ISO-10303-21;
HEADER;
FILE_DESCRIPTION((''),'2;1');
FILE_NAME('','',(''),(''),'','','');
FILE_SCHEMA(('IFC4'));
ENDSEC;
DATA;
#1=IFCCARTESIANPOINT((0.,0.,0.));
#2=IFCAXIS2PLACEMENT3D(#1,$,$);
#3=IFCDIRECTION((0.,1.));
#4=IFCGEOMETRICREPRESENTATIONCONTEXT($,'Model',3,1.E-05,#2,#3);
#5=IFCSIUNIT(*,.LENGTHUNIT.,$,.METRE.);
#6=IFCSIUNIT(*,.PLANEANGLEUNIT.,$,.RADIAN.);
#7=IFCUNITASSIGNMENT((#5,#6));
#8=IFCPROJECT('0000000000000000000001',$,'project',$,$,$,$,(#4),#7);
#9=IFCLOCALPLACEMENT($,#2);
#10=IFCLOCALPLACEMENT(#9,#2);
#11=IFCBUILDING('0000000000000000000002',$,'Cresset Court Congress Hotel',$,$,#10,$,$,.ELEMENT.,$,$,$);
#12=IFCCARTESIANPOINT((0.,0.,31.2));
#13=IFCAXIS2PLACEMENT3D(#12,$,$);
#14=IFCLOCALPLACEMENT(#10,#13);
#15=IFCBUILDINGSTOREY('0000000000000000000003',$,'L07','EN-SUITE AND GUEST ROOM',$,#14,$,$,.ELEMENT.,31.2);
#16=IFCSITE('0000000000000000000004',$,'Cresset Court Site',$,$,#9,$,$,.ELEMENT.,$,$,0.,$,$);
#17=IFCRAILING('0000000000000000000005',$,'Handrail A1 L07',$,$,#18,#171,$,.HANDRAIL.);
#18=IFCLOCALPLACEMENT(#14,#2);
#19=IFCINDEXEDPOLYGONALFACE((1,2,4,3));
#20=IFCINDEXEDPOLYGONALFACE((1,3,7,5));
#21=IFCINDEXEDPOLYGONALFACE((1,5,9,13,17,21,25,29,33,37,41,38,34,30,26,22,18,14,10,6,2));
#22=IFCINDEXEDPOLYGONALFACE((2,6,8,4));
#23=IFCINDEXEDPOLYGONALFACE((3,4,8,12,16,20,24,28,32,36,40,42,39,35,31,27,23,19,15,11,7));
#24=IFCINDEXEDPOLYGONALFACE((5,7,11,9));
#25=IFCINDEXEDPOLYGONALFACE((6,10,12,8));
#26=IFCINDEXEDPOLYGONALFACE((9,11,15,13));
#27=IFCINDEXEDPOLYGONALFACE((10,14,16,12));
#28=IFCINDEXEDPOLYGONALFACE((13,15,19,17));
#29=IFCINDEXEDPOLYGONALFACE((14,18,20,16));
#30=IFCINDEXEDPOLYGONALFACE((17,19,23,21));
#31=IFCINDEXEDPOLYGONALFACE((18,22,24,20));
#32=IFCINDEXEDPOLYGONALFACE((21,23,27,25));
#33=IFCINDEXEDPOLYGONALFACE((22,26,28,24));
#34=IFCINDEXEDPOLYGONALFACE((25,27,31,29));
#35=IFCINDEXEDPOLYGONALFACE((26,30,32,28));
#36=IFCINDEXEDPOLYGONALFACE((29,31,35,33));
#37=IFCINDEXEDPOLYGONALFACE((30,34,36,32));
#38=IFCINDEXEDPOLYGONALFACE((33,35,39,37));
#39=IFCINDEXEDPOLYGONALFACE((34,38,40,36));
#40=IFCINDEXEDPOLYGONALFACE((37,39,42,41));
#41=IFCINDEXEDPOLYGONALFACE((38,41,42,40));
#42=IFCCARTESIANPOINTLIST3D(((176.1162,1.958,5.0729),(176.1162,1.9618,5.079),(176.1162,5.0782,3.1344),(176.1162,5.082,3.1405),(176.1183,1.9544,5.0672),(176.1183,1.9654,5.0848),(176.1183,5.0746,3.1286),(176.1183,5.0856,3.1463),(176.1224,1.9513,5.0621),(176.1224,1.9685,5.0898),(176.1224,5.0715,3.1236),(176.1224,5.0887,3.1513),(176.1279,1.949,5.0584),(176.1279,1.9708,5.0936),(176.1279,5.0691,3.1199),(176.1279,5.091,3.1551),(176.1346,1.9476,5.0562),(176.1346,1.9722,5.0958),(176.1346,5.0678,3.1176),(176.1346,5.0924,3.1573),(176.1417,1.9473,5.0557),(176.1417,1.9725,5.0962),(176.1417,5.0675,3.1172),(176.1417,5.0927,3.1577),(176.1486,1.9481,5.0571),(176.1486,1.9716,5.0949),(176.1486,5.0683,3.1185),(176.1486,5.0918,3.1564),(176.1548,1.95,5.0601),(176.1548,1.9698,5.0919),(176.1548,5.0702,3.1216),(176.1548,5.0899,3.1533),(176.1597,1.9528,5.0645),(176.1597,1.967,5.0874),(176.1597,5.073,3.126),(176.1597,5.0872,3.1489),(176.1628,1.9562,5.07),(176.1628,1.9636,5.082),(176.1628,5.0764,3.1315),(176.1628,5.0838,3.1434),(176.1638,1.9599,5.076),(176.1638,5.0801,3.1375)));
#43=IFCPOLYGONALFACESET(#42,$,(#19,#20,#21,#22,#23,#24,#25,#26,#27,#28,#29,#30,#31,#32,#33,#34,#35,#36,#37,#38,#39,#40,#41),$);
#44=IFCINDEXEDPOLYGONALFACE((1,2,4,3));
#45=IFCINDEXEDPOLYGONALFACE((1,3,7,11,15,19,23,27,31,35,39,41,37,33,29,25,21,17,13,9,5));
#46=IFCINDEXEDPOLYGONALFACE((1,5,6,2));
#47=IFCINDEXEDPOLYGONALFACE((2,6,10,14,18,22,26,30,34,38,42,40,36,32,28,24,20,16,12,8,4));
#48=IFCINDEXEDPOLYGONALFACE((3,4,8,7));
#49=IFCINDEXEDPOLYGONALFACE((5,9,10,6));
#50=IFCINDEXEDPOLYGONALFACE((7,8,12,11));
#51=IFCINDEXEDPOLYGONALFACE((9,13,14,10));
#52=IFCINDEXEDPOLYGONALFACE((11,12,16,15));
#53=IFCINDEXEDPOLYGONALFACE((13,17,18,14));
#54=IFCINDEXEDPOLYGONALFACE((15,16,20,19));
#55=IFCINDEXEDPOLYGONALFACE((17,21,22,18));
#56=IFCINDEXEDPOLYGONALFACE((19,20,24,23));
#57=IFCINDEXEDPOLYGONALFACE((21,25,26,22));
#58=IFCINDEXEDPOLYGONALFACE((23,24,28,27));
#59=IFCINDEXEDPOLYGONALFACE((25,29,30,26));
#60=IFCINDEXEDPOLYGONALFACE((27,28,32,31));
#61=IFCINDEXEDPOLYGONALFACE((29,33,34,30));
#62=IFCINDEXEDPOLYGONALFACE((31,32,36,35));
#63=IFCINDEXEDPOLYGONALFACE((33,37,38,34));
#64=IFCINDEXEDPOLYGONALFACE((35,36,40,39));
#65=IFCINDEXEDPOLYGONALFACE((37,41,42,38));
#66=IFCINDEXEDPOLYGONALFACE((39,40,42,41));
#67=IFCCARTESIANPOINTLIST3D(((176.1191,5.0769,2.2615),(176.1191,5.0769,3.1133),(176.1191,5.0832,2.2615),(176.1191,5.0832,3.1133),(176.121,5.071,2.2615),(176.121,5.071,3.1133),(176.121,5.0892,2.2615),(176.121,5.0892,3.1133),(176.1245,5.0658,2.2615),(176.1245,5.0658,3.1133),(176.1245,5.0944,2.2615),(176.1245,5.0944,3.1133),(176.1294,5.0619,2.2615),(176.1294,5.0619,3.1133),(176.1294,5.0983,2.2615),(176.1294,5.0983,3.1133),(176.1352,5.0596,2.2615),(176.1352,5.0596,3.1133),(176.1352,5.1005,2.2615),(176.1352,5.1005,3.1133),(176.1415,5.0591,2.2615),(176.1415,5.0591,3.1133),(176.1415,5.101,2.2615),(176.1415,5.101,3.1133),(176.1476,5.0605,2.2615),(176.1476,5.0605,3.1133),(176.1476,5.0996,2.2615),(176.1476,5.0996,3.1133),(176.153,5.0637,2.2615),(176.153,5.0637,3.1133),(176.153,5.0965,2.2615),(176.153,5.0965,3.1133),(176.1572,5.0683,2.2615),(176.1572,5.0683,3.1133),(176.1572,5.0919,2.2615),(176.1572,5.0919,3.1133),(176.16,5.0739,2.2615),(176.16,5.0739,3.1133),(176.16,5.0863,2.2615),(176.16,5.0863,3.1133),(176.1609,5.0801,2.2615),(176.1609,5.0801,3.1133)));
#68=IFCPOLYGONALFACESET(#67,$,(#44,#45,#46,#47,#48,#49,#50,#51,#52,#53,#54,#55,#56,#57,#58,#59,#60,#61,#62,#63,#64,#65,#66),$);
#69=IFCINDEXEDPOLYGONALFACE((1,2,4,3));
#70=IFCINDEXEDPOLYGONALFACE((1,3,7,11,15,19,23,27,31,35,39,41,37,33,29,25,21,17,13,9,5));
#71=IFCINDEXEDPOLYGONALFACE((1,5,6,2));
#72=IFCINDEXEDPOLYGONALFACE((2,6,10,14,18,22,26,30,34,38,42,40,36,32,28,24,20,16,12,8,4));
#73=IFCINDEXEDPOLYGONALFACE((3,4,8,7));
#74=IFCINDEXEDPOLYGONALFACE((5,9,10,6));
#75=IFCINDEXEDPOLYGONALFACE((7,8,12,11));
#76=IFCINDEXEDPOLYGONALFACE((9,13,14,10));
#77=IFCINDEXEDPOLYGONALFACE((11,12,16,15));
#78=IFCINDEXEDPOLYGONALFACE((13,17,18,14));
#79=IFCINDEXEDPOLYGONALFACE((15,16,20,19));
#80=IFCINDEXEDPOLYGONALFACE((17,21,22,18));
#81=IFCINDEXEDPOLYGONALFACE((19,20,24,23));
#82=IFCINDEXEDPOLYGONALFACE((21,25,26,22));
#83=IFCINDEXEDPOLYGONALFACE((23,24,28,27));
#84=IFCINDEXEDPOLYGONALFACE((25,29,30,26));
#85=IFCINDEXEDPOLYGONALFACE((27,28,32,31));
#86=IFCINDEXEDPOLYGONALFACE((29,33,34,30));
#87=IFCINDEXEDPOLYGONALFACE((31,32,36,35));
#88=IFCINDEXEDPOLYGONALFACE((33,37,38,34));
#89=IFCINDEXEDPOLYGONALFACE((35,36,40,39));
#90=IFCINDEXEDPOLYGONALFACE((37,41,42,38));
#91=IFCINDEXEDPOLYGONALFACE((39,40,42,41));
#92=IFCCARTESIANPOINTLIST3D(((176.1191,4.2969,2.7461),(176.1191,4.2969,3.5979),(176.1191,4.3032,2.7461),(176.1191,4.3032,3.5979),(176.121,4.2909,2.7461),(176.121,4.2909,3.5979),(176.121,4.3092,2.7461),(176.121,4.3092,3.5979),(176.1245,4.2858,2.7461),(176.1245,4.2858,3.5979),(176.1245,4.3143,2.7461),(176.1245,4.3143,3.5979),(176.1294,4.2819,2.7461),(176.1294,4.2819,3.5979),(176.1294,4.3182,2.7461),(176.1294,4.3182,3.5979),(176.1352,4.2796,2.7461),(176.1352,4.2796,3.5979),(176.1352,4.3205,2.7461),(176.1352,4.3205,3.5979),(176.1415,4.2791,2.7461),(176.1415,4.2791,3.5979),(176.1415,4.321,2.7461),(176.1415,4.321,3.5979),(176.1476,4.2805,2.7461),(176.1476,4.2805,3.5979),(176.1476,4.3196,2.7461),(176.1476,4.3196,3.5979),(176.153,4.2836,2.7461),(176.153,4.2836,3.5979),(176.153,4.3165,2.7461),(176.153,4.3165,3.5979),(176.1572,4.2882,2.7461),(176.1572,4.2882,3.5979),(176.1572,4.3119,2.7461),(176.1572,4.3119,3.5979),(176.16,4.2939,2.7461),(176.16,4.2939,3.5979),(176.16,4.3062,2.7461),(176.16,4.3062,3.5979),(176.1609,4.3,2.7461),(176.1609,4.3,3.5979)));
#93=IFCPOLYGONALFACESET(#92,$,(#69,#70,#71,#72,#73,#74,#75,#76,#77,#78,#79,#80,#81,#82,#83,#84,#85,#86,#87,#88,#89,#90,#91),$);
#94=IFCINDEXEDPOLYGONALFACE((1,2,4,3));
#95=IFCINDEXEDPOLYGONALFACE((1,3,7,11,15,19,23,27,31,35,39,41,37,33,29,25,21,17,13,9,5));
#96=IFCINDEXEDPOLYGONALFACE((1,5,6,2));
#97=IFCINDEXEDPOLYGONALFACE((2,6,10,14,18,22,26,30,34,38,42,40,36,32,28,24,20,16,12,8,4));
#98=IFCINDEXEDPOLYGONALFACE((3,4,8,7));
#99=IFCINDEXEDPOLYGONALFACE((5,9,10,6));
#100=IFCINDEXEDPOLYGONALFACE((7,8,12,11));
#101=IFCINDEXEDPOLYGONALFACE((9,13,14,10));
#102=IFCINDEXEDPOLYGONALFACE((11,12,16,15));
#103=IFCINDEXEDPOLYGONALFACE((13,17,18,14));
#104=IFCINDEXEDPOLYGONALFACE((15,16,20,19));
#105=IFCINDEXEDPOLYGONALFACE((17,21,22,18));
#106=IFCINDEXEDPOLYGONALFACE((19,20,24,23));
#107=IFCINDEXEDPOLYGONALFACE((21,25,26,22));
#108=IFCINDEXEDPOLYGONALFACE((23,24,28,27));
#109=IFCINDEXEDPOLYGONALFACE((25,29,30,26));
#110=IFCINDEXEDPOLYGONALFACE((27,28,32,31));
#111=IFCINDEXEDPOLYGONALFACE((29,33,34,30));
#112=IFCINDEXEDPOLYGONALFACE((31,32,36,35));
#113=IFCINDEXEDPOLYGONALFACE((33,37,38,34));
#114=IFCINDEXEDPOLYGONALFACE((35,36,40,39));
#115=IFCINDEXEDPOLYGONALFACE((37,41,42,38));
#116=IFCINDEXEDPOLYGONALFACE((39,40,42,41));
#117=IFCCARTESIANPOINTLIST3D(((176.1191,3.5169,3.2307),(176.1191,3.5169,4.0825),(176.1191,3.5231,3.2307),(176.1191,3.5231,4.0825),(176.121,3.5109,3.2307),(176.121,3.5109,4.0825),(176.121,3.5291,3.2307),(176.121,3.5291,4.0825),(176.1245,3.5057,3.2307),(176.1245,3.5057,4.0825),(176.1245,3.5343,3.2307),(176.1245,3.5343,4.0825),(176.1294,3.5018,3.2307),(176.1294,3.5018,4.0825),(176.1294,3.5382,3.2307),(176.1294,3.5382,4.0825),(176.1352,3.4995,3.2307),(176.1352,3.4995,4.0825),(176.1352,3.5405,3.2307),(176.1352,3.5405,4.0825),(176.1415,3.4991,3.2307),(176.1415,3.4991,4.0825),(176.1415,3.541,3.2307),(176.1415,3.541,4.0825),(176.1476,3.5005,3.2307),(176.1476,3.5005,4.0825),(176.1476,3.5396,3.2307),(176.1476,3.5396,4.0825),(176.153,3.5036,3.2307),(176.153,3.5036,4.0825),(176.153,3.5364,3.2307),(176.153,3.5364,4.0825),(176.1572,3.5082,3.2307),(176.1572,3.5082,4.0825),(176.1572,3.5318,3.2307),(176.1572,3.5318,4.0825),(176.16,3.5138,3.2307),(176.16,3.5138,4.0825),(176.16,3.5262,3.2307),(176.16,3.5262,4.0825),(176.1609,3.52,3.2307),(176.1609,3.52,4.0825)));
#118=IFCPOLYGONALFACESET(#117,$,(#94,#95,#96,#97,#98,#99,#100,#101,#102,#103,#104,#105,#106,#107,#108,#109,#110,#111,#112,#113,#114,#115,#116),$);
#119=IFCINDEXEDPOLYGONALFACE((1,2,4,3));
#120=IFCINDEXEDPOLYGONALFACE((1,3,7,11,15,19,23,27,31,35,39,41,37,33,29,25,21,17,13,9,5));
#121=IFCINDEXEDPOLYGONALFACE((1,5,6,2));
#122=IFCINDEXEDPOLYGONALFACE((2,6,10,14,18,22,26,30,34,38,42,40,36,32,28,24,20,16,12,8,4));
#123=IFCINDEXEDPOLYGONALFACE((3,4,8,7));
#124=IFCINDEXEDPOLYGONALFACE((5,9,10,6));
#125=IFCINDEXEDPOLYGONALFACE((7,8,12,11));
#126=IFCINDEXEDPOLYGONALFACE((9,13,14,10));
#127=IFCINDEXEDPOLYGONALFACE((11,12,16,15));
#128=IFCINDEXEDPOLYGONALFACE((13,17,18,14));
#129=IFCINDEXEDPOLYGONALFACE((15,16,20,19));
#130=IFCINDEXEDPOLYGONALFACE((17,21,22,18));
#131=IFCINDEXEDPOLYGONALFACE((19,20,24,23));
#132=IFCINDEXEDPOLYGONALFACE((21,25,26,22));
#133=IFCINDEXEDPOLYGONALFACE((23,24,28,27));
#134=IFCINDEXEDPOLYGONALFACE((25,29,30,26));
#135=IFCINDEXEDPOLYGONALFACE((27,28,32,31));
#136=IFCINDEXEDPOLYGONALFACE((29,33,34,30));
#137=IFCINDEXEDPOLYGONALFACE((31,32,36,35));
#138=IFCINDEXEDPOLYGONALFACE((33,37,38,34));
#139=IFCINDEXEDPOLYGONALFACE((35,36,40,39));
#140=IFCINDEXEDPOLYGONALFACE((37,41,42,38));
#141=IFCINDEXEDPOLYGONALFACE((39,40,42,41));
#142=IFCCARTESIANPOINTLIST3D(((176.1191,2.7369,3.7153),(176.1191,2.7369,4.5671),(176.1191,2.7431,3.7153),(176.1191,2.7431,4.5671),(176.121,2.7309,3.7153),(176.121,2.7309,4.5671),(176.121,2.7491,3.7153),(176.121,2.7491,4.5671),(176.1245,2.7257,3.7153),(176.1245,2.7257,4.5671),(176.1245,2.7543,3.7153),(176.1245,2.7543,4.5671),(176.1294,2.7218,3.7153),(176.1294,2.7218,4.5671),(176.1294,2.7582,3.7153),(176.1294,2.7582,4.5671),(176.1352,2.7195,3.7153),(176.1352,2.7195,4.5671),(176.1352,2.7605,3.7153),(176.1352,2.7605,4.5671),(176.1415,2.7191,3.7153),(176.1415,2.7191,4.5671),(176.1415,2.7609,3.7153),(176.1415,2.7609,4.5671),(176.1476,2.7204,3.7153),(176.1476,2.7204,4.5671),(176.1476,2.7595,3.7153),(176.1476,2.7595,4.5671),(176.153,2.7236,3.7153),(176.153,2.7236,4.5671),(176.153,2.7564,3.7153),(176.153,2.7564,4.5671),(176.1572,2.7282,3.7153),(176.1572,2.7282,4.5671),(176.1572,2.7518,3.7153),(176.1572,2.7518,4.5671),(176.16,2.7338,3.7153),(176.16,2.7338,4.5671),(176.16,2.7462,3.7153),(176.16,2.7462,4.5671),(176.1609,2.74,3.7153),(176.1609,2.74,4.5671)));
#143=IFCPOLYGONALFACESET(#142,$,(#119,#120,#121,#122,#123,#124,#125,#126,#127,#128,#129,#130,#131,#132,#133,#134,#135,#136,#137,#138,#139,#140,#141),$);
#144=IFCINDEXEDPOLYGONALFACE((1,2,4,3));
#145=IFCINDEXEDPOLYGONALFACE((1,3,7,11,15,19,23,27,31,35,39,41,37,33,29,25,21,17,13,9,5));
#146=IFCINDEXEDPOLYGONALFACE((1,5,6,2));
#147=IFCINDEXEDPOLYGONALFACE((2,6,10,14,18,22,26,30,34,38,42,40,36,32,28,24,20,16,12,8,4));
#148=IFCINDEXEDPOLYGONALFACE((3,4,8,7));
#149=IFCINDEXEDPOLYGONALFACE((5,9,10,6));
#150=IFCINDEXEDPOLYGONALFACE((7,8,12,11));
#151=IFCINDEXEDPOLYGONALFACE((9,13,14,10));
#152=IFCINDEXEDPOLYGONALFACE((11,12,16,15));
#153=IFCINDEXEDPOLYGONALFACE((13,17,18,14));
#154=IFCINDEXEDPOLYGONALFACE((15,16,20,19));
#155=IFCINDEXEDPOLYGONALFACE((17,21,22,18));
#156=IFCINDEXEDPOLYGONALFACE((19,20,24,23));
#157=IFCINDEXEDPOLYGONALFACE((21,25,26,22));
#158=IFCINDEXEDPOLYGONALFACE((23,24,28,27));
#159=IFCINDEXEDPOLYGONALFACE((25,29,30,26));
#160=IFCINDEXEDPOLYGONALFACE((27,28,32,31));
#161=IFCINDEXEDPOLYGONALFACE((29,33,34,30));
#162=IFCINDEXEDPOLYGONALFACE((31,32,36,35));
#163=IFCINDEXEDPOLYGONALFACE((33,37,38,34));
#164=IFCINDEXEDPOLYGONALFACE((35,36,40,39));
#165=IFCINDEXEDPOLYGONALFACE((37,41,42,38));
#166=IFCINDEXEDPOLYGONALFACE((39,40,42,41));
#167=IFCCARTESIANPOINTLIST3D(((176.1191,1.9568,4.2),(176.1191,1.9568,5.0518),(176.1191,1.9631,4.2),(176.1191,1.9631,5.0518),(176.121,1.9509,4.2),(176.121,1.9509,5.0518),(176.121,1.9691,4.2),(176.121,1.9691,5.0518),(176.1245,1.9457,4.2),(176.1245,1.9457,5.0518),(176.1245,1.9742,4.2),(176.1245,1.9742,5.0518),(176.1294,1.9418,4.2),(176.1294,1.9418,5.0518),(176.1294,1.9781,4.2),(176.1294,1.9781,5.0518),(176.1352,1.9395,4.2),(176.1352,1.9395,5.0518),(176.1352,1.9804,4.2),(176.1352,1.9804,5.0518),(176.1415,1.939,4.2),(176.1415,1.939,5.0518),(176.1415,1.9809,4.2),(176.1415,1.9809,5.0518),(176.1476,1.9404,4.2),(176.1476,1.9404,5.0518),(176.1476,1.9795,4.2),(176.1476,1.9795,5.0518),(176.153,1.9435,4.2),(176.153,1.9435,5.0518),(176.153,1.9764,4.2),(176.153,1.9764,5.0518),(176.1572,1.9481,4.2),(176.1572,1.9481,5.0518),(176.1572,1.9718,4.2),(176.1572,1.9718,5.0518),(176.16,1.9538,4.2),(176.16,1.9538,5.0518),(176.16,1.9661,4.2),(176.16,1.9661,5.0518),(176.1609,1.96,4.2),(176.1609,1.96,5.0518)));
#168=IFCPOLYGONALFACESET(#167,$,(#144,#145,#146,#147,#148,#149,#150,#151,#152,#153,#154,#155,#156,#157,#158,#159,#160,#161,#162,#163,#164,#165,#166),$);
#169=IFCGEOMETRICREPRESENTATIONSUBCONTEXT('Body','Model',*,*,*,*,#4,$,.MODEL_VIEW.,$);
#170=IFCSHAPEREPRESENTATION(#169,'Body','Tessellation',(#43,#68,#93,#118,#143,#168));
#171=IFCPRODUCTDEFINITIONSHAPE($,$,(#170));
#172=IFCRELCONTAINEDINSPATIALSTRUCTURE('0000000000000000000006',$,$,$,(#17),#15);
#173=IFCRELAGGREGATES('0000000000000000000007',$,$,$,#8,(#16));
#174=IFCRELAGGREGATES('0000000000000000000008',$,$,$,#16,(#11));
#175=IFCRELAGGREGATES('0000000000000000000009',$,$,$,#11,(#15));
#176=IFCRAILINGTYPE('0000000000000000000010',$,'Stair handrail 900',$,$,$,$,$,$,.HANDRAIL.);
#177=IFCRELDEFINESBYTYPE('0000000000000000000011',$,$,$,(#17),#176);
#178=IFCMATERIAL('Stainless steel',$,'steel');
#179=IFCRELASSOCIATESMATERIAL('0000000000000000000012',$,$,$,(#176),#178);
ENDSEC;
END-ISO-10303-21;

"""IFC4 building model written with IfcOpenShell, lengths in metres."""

from ifc_helpers import new_model, si_unit, direction, frame, origin, origin_2d, place, context, subcontext, project, spatial, circle, extrude, material, type_object, element, save


model = new_model("IFC4")

# Units and contexts
model_context = context("Model", 3, precision=1e-05, world=origin(), true_north=direction((0.0, 1.0)))
body_context = subcontext(model_context, "Body", "Model", "MODEL_VIEW")
ifc_project = project(units=[si_unit("LENGTHUNIT", "METRE"), si_unit("PLANEANGLEUNIT", "RADIAN")], contexts=[model_context])

# Site, building, storey
site_placement = place(None, origin())
site = spatial("IfcSite", under=ifc_project, at=site_placement, Name="Cresset Court Site", CompositionType="ELEMENT", RefElevation=0.0)
building_placement = place(site_placement, origin())
building = spatial("IfcBuilding", under=site, at=building_placement, Name="Cresset Court Congress Hotel", CompositionType="ELEMENT")
storey_placement = place(building_placement, frame((0.0, 0.0, 31.2)))
storey = spatial("IfcBuildingStorey", under=building, at=storey_placement, Name="L07", Description="EN-SUITE AND GUEST ROOM", CompositionType="ELEMENT", Elevation=31.2)

# Railing
ifc_material_1 = material(Name="Stainless steel", Category="steel")
railing_type_1 = type_object("IfcRailingType", Name="Stair handrail 900", PredefinedType="HANDRAIL", material=ifc_material_1)
for number, where, name in (
    (1, (176.1399, 5.0801, 2.2615), "Handrail A1 L07"),
):
    element("IfcRailing", number, at=place(storey_placement, frame(where)), inside=storey, type_object=railing_type_1, Name=name, PredefinedType="HANDRAIL", context=body_context, shape_type="SweptSolid", body=[
        extrude(circle(Radius=0.0239, at=origin_2d()), frame((0.0, 0.0, 0.876), z_axis=(0.0, -0.849414, 0.527727), x_axis=(1.0, 0.0, 0.0)), (0.0, 0.0, 1.0), 3.6733),
        extrude(circle(Radius=0.021, at=origin_2d()), origin(), (0.0, 0.0, 1.0), 0.8518),
        extrude(circle(Radius=0.021, at=origin_2d()), frame((0.0, -0.78, 0.4846)), (0.0, 0.0, 1.0), 0.8518),
        extrude(circle(Radius=0.021, at=origin_2d()), frame((0.0, -1.5601, 0.9692)), (0.0, 0.0, 1.0), 0.8518),
        extrude(circle(Radius=0.021, at=origin_2d()), frame((0.0, -2.3401, 1.4539)), (0.0, 0.0, 1.0), 0.8518),
        extrude(circle(Radius=0.021, at=origin_2d()), frame((0.0, -3.1201, 1.9385)), (0.0, 0.0, 1.0), 0.8518),
    ])

save(model, "model.ifc")
